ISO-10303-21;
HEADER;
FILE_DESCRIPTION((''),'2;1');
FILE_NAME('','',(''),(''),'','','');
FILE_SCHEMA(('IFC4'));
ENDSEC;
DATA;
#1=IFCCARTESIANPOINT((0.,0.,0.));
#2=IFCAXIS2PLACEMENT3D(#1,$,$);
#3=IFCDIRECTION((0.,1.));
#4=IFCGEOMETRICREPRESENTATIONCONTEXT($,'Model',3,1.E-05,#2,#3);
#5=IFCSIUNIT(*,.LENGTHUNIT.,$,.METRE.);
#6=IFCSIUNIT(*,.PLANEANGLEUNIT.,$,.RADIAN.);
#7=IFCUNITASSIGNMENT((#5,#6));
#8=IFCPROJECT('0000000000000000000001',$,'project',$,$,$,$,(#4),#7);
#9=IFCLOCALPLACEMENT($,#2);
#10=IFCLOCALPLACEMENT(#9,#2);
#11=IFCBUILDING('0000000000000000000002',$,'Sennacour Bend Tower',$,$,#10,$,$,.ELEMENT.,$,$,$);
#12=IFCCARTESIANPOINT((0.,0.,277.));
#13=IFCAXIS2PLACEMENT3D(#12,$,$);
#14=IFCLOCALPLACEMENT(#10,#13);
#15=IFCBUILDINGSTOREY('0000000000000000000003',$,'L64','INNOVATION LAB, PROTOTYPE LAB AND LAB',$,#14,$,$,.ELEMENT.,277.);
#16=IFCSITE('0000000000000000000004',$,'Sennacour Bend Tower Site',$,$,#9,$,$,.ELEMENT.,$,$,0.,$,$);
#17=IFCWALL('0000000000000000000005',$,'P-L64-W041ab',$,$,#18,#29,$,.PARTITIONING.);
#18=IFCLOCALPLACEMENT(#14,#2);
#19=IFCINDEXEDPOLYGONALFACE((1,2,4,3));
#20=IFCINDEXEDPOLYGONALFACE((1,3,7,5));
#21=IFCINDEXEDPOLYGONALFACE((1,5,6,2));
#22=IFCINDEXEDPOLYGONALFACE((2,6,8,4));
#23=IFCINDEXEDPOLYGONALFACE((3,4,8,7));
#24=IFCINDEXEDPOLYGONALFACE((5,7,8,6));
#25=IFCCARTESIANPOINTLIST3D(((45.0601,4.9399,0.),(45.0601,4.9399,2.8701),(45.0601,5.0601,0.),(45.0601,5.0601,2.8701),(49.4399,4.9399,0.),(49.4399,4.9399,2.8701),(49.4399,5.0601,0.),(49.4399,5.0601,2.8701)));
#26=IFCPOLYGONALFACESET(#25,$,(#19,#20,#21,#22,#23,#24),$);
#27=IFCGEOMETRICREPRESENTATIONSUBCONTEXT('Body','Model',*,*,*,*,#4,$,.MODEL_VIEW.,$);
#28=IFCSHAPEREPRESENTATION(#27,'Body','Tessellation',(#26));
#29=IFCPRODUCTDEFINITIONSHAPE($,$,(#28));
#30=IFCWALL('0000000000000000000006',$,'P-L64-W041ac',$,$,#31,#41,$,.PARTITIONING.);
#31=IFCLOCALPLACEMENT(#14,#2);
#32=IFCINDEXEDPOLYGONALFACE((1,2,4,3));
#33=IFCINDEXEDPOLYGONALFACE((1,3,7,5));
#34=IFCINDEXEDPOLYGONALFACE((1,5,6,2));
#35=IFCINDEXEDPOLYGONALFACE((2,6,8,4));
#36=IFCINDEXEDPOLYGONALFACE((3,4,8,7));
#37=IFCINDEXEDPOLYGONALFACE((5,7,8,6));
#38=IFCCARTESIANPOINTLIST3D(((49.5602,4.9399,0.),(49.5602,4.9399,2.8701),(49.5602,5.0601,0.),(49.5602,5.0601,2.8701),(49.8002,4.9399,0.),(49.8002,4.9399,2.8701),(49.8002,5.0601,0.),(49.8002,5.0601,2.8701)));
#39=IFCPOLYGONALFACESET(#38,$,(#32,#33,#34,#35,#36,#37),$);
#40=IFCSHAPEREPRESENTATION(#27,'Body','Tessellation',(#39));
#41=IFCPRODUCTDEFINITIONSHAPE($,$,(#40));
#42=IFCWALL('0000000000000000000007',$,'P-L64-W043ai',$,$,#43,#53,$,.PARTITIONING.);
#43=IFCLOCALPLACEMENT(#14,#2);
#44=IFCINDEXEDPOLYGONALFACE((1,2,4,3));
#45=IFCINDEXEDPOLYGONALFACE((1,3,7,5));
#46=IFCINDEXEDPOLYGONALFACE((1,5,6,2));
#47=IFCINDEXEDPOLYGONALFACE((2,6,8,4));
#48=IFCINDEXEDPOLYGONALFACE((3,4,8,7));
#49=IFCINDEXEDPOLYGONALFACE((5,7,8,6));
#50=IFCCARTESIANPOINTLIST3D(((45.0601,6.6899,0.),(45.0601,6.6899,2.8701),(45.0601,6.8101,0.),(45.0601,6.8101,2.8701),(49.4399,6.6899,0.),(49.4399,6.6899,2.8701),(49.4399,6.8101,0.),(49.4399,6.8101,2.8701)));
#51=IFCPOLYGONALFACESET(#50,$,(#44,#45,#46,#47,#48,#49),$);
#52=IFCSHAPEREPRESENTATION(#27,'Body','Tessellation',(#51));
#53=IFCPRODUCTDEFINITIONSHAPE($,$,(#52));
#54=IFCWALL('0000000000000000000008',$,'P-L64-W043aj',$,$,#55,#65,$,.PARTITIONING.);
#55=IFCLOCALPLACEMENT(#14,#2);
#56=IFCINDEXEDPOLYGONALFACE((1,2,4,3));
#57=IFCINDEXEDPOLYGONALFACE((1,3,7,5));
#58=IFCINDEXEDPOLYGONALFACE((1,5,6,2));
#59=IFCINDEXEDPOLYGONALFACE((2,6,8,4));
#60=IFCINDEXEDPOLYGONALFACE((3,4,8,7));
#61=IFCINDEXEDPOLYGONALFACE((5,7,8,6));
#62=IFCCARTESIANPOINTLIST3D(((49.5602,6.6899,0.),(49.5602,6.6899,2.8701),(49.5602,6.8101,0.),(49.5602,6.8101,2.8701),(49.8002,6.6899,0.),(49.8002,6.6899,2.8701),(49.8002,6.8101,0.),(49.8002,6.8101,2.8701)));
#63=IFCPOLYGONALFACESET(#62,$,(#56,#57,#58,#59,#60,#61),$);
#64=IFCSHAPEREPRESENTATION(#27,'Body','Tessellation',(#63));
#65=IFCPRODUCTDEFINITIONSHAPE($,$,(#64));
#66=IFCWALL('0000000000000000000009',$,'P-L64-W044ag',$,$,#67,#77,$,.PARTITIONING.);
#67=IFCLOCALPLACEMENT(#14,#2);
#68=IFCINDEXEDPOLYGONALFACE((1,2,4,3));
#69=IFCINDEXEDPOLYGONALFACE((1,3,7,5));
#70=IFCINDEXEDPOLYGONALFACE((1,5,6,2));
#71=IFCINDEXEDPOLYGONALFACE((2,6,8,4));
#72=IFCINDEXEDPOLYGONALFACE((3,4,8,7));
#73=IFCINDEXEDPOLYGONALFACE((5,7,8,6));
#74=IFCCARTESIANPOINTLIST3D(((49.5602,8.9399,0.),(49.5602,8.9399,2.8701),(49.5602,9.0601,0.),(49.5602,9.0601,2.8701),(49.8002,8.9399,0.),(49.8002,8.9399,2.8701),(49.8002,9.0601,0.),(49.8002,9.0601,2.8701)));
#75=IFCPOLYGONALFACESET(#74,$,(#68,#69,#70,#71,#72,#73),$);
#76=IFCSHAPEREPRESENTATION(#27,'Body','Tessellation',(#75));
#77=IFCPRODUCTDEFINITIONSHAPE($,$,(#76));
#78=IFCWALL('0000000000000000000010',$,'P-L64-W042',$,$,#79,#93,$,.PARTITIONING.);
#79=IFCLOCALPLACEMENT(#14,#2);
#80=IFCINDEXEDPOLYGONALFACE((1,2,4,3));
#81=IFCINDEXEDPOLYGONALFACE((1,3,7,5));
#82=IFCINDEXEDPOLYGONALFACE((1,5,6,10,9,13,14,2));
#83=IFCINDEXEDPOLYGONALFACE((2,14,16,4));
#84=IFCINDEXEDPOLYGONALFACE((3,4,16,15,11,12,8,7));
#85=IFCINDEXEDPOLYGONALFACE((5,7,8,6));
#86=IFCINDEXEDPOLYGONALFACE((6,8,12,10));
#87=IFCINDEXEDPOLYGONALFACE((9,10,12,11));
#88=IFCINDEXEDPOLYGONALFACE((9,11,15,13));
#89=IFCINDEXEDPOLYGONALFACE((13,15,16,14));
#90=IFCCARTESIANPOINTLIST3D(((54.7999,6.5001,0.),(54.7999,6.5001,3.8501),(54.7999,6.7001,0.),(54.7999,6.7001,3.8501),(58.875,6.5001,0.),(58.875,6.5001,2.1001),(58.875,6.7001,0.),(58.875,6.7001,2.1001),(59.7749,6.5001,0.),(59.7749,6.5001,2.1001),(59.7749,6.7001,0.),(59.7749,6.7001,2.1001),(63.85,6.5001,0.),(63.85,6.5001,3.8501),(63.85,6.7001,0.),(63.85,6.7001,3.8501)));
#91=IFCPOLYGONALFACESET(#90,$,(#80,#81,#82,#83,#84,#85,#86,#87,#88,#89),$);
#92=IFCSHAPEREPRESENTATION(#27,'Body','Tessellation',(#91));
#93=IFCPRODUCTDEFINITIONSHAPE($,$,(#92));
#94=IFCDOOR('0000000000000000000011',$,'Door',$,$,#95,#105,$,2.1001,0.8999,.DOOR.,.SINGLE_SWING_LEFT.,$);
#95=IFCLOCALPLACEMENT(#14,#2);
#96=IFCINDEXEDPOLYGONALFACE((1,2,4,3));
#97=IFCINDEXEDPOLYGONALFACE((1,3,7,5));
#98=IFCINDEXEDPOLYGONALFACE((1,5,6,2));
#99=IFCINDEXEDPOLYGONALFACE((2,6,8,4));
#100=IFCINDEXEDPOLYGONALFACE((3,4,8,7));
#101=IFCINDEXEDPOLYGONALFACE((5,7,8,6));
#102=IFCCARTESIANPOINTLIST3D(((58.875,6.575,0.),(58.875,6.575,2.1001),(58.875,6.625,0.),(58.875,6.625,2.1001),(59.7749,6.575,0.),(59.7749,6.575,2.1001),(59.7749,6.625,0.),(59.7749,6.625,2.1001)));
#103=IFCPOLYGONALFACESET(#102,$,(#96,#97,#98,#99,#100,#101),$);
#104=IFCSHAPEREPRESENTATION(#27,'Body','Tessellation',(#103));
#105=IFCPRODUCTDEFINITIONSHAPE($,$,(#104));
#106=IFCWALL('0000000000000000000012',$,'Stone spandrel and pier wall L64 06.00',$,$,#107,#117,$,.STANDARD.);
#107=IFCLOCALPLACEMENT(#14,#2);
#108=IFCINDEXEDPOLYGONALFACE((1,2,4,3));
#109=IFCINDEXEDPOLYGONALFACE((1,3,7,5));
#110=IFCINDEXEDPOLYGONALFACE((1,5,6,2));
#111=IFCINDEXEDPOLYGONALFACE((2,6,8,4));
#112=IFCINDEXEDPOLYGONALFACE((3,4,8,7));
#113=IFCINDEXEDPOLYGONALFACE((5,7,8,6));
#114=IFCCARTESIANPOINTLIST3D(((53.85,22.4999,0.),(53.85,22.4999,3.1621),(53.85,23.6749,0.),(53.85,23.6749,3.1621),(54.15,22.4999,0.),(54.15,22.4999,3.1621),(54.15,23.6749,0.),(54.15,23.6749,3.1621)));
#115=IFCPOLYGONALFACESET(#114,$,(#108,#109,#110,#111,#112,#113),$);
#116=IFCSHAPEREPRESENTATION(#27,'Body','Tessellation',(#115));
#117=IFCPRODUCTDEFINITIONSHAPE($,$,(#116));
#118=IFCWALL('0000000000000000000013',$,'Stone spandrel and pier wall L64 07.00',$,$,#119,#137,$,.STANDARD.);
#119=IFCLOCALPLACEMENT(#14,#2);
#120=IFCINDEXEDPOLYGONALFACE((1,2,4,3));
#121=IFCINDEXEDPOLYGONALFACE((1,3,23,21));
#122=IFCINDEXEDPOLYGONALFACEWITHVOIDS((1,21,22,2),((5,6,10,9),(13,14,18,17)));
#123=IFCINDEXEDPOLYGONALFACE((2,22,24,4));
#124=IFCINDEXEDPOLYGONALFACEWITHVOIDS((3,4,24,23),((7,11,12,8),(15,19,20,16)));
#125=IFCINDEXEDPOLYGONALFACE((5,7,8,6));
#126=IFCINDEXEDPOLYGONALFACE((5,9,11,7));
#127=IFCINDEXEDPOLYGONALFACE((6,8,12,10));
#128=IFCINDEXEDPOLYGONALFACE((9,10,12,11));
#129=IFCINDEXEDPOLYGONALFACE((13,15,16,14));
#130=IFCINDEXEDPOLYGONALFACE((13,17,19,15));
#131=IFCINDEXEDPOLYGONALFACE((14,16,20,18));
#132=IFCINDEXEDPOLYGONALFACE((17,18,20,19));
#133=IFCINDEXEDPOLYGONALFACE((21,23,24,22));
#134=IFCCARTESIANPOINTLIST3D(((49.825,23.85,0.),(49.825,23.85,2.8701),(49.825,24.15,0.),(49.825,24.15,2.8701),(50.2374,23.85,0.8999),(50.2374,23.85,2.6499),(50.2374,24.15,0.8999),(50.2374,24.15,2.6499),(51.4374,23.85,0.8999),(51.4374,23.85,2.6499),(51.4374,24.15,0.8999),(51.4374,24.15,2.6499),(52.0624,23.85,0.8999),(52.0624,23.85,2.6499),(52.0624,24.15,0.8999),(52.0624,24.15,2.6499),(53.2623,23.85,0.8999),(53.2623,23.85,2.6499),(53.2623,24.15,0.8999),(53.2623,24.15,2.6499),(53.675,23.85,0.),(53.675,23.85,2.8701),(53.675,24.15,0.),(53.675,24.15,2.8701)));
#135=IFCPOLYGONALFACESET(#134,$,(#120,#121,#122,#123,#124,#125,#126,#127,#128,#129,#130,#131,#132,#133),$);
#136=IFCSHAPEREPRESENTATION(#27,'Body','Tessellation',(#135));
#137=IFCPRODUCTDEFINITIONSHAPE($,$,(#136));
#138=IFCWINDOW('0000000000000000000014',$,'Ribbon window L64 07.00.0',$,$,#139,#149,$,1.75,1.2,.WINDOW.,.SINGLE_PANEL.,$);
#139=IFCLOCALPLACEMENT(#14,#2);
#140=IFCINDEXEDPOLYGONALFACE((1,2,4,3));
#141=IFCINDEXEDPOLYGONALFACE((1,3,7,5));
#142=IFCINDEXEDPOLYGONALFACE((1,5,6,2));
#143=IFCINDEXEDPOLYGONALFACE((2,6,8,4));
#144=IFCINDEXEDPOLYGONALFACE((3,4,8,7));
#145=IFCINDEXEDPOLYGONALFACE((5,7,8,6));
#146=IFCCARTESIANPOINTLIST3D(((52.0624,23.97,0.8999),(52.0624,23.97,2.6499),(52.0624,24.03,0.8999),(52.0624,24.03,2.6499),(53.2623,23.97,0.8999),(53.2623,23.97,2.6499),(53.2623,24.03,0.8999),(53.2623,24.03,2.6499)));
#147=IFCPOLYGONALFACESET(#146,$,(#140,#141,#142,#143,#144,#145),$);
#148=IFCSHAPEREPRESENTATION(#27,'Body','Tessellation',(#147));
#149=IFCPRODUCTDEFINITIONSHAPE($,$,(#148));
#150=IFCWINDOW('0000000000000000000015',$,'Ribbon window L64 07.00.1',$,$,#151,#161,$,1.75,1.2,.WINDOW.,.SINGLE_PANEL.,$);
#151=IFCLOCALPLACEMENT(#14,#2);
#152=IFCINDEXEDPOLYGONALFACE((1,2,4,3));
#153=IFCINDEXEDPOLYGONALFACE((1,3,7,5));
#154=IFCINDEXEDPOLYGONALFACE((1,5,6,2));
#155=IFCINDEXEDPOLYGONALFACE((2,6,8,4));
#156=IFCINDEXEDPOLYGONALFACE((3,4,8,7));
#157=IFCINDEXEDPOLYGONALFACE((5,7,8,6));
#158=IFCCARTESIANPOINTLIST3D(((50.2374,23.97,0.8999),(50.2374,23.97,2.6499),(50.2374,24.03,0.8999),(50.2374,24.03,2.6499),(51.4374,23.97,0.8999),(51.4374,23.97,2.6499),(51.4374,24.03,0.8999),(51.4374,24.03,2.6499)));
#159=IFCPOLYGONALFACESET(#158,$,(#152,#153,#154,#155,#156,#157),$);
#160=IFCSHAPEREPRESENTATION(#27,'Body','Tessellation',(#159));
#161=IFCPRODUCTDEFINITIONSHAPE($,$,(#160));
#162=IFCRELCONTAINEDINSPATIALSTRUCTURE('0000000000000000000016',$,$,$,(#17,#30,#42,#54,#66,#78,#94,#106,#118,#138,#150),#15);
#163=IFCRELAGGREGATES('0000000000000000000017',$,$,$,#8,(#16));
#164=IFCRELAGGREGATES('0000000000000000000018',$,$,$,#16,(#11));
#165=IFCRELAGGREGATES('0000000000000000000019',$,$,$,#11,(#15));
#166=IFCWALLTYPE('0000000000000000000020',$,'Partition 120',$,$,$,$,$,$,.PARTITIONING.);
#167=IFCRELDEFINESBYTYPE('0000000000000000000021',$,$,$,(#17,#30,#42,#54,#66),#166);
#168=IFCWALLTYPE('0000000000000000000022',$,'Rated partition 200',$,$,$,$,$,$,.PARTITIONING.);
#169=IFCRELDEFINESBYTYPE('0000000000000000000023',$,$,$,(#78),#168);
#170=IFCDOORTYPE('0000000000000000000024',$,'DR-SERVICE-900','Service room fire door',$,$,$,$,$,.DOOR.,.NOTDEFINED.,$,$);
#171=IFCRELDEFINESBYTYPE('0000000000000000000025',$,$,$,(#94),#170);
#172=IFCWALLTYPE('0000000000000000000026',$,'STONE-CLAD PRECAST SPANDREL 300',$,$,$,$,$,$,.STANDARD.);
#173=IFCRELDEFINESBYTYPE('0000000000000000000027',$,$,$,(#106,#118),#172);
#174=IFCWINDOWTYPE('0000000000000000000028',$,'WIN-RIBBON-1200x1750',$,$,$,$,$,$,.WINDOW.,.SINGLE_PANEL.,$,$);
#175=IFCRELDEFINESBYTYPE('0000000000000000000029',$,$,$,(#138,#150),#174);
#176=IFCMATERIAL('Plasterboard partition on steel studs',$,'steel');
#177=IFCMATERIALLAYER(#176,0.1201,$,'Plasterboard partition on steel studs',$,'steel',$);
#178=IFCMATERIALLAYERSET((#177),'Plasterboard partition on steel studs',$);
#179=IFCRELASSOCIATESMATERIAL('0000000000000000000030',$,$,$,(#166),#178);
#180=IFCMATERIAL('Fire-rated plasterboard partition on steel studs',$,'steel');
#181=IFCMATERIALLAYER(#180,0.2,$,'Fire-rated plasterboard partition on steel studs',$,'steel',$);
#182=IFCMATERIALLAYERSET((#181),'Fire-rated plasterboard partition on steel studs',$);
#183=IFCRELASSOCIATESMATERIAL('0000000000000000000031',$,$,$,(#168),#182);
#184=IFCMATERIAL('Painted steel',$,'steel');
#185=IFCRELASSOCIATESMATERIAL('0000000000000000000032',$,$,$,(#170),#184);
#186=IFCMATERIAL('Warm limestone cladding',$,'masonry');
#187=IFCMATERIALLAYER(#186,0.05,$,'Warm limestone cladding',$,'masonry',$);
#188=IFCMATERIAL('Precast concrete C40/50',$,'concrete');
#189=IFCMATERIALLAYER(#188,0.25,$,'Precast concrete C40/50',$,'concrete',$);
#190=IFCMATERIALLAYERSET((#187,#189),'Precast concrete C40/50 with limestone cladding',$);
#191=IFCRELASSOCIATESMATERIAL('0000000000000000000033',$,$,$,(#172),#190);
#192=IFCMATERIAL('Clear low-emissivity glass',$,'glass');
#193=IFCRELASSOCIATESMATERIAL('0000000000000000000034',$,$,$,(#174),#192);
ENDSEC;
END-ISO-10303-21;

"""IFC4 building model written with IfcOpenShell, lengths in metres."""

from ifc_helpers import new_model, si_unit, direction, frame, frame_2d, origin, place, context, subcontext, project, spatial, rectangle, extrude, material, layer, layer_set, type_object, element, fill, save


model = new_model("IFC4")

# Units and contexts
model_context = context("Model", 3, precision=1e-05, world=origin(), true_north=direction((0.0, 1.0)))
body_context = subcontext(model_context, "Body", "Model", "MODEL_VIEW")
ifc_project = project(units=[si_unit("LENGTHUNIT", "METRE"), si_unit("PLANEANGLEUNIT", "RADIAN")], contexts=[model_context])

# Site, building, storey
site_placement = place(None, origin())
site = spatial("IfcSite", under=ifc_project, at=site_placement, Name="Sennacour Bend Tower Site", CompositionType="ELEMENT", RefElevation=0.0)
building_placement = place(site_placement, origin())
building = spatial("IfcBuilding", under=site, at=building_placement, Name="Sennacour Bend Tower", CompositionType="ELEMENT")
storey_placement = place(building_placement, frame((0.0, 0.0, 277.0)))
storey = spatial("IfcBuildingStorey", under=building, at=storey_placement, Name="L64", Description="INNOVATION LAB, PROTOTYPE LAB AND LAB", CompositionType="ELEMENT", Elevation=277.0)

# Walls
ifc_material_1 = material(Name="Plasterboard partition on steel studs", Category="steel")
ifc_layer_1 = layer(ifc_material_1, 0.1201, Name="Plasterboard partition on steel studs", Category="steel")
ifc_layer_set_1 = layer_set([ifc_layer_1], Name="Plasterboard partition on steel studs")
wall_type_1 = type_object("IfcWallType", Name="Partition 120", PredefinedType="PARTITIONING", material=ifc_layer_set_1)
wall_1_placement = place(storey_placement, frame((45.0601, 5.0, 0.0), z_axis=(0.0, 0.0, 1.0), x_axis=(1.0, 0.0, 0.0)))
element("IfcWall", 1, at=wall_1_placement, inside=storey, type_object=wall_type_1, Name="P-L64-W041ab", PredefinedType="PARTITIONING", context=body_context, shape_type="SweptSolid", body=[
    extrude(rectangle(XDim=4.3799, YDim=0.1201, at=frame_2d((2.1899, 0.0))), origin(), (0.0, 0.0, 1.0), 2.8701),
])
wall_2_placement = place(storey_placement, frame((49.5601, 5.0, 0.0), z_axis=(0.0, 0.0, 1.0), x_axis=(1.0, 0.0, 0.0)))
element("IfcWall", 2, at=wall_2_placement, inside=storey, type_object=wall_type_1, Name="P-L64-W041ac", PredefinedType="PARTITIONING", context=body_context, shape_type="SweptSolid", body=[
    extrude(rectangle(XDim=0.24, YDim=0.1201, at=frame_2d((0.1201, 0.0))), origin(), (0.0, 0.0, 1.0), 2.8701),
])
wall_3_placement = place(storey_placement, frame((45.0601, 6.75, 0.0), z_axis=(0.0, 0.0, 1.0), x_axis=(1.0, 0.0, 0.0)))
element("IfcWall", 3, at=wall_3_placement, inside=storey, type_object=wall_type_1, Name="P-L64-W043ai", PredefinedType="PARTITIONING", context=body_context, shape_type="SweptSolid", body=[
    extrude(rectangle(XDim=4.3799, YDim=0.1201, at=frame_2d((2.1899, 0.0))), origin(), (0.0, 0.0, 1.0), 2.8701),
])
for number, where, z_axis, x_axis, name in (
    (4, (49.5601, 6.75, 0.0), (0.0, 0.0, 1.0), (1.0, 0.0, 0.0), "P-L64-W043aj"),
    (5, (49.5601, 9.0, 0.0), (0.0, 0.0, 1.0), (1.0, 0.0, 0.0), "P-L64-W044ag"),
):
    element("IfcWall", number, at=place(storey_placement, frame(where, z_axis=z_axis, x_axis=x_axis)), inside=storey, type_object=wall_type_1, Name=name, PredefinedType="PARTITIONING", context=body_context, shape_type="SweptSolid", body=[
        extrude(rectangle(XDim=0.24, YDim=0.1201, at=frame_2d((0.1201, 0.0))), origin(), (0.0, 0.0, 1.0), 2.8701),
    ])

# Wall, opening, door
ifc_material_2 = material(Name="Fire-rated plasterboard partition on steel studs", Category="steel")
ifc_layer_2 = layer(ifc_material_2, 0.2, Name="Fire-rated plasterboard partition on steel studs", Category="steel")
ifc_layer_set_2 = layer_set([ifc_layer_2], Name="Fire-rated plasterboard partition on steel studs")
wall_type_2 = type_object("IfcWallType", Name="Rated partition 200", PredefinedType="PARTITIONING", material=ifc_layer_set_2)
wall_4_placement = place(storey_placement, frame((54.8, 6.6001, 0.0), z_axis=(0.0, 0.0, 1.0), x_axis=(1.0, 0.0, 0.0)))
wall_4 = element("IfcWall", 6, at=wall_4_placement, inside=storey, type_object=wall_type_2, Name="P-L64-W042", PredefinedType="PARTITIONING", context=body_context, shape_type="SweptSolid", body=[
    extrude(rectangle(XDim=9.05, YDim=0.2, at=frame_2d((4.5249, 0.0))), origin(), (0.0, 0.0, 1.0), 3.8501),
])
opening_1_placement = place(wall_4_placement, frame((4.075, 0.0, 0.0)))
opening_1 = element("IfcOpeningElement", 7, at=opening_1_placement, cuts=wall_4, PredefinedType="OPENING", context=body_context, shape_type="SweptSolid", body=[
    extrude(rectangle(XDim=0.8999, YDim=2.1001, at=frame_2d((0.45, 1.05))), frame((0.0, 0.1099, 0.0), z_axis=(0.0, -1.0, 0.0), x_axis=(1.0, 0.0, 0.0)), (0.0, 0.0, 1.0), 0.22),
])
ifc_material_3 = material(Name="Painted steel", Category="steel")
door_type_1 = type_object("IfcDoorType", Name="DR-SERVICE-900", Description="Service room fire door", OperationType="NOTDEFINED", PredefinedType="DOOR", material=ifc_material_3)
door_1_placement = place(opening_1_placement, origin())
door_1 = element("IfcDoor", 8, at=door_1_placement, inside=storey, type_object=door_type_1, Name="Door", OperationType="SINGLE_SWING_LEFT", OverallHeight=2.1001, OverallWidth=0.8999, PredefinedType="DOOR", context=body_context, shape_type="SweptSolid", body=[
    extrude(rectangle(XDim=0.8999, YDim=2.1001, at=frame_2d((0.45, 1.05))), frame((0.0, 0.0249, 0.0), z_axis=(0.0, -1.0, 0.0), x_axis=(1.0, 0.0, 0.0)), (0.0, 0.0, 1.0), 0.05),
])
fill(opening_1, door_1)

# Wall
ifc_material_4 = material(Name="Warm limestone cladding", Category="masonry")
ifc_layer_3 = layer(ifc_material_4, 0.05, Name="Warm limestone cladding", Category="masonry")
ifc_material_5 = material(Name="Precast concrete C40/50", Category="concrete")
ifc_layer_4 = layer(ifc_material_5, 0.25, Name="Precast concrete C40/50", Category="concrete")
ifc_layer_set_3 = layer_set([ifc_layer_3, ifc_layer_4], Name="Precast concrete C40/50 with limestone cladding")
wall_type_3 = type_object("IfcWallType", Name="STONE-CLAD PRECAST SPANDREL 300", PredefinedType="STANDARD", material=ifc_layer_set_3)
wall_5_placement = place(storey_placement, frame((54.0, 22.5, 0.0), z_axis=(0.0, 0.0, 1.0), x_axis=(0.0, 1.0, 0.0)))
element("IfcWall", 9, at=wall_5_placement, inside=storey, type_object=wall_type_3, Name="Stone spandrel and pier wall L64 06.00", PredefinedType="STANDARD", context=body_context, shape_type="SweptSolid", body=[
    extrude(rectangle(XDim=1.175, YDim=0.3, at=frame_2d((0.5874, 0.0))), origin(), (0.0, 0.0, 1.0), 3.1621),
])

# Wall, openings, windows
wall_6_placement = place(storey_placement, frame((53.675, 24.0, 0.0), z_axis=(0.0, 0.0, 1.0), x_axis=(-1.0, 0.0, 0.0)))
wall_6 = element("IfcWall", 10, at=wall_6_placement, inside=storey, type_object=wall_type_3, Name="Stone spandrel and pier wall L64 07.00", PredefinedType="STANDARD", context=body_context, shape_type="SweptSolid", body=[
    extrude(rectangle(XDim=3.8501, YDim=0.3, at=frame_2d((1.925, 0.0))), origin(), (0.0, 0.0, 1.0), 2.8701),
])
opening_2_placement = place(wall_6_placement, frame((0.4126, 0.0, 0.8999)))
opening_2 = element("IfcOpeningElement", 11, at=opening_2_placement, cuts=wall_6, PredefinedType="OPENING", context=body_context, shape_type="SweptSolid", body=[
    extrude(rectangle(XDim=1.2, YDim=1.75, at=frame_2d((0.6001, 0.875))), frame((0.0, 0.1602, 0.0), z_axis=(0.0, -1.0, 0.0), x_axis=(1.0, 0.0, 0.0)), (0.0, 0.0, 1.0), 0.3201),
])
opening_3_placement = place(wall_6_placement, frame((2.2375, 0.0, 0.8999)))
opening_3 = element("IfcOpeningElement", 12, at=opening_3_placement, cuts=wall_6, PredefinedType="OPENING", context=body_context, shape_type="SweptSolid", body=[
    extrude(rectangle(XDim=1.2, YDim=1.75, at=frame_2d((0.6001, 0.875))), frame((0.0, 0.1602, 0.0), z_axis=(0.0, -1.0, 0.0), x_axis=(1.0, 0.0, 0.0)), (0.0, 0.0, 1.0), 0.3201),
])
ifc_material_6 = material(Name="Clear low-emissivity glass", Category="glass")
window_type = type_object("IfcWindowType", Name="WIN-RIBBON-1200x1750", PartitioningType="SINGLE_PANEL", PredefinedType="WINDOW", material=ifc_material_6)
window_1_placement = place(opening_2_placement, origin())
window_1 = element("IfcWindow", 13, at=window_1_placement, inside=storey, type_object=window_type, Name="Ribbon window L64 07.00.0", OverallHeight=1.75, OverallWidth=1.2, PartitioningType="SINGLE_PANEL", PredefinedType="WINDOW", context=body_context, shape_type="SweptSolid", body=[
    extrude(rectangle(XDim=1.2, YDim=1.75, at=frame_2d((0.6001, 0.875))), frame((0.0, 0.03, 0.0), z_axis=(0.0, -1.0, 0.0), x_axis=(1.0, 0.0, 0.0)), (0.0, 0.0, 1.0), 0.0601),
])
fill(opening_2, window_1)
window_2_placement = place(opening_3_placement, origin())
window_2 = element("IfcWindow", 14, at=window_2_placement, inside=storey, type_object=window_type, Name="Ribbon window L64 07.00.1", OverallHeight=1.75, OverallWidth=1.2, PartitioningType="SINGLE_PANEL", PredefinedType="WINDOW", context=body_context, shape_type="SweptSolid", body=[
    extrude(rectangle(XDim=1.2, YDim=1.75, at=frame_2d((0.6001, 0.875))), frame((0.0, 0.03, 0.0), z_axis=(0.0, -1.0, 0.0), x_axis=(1.0, 0.0, 0.0)), (0.0, 0.0, 1.0), 0.0601),
])
fill(opening_3, window_2)

save(model, "model.ifc")
